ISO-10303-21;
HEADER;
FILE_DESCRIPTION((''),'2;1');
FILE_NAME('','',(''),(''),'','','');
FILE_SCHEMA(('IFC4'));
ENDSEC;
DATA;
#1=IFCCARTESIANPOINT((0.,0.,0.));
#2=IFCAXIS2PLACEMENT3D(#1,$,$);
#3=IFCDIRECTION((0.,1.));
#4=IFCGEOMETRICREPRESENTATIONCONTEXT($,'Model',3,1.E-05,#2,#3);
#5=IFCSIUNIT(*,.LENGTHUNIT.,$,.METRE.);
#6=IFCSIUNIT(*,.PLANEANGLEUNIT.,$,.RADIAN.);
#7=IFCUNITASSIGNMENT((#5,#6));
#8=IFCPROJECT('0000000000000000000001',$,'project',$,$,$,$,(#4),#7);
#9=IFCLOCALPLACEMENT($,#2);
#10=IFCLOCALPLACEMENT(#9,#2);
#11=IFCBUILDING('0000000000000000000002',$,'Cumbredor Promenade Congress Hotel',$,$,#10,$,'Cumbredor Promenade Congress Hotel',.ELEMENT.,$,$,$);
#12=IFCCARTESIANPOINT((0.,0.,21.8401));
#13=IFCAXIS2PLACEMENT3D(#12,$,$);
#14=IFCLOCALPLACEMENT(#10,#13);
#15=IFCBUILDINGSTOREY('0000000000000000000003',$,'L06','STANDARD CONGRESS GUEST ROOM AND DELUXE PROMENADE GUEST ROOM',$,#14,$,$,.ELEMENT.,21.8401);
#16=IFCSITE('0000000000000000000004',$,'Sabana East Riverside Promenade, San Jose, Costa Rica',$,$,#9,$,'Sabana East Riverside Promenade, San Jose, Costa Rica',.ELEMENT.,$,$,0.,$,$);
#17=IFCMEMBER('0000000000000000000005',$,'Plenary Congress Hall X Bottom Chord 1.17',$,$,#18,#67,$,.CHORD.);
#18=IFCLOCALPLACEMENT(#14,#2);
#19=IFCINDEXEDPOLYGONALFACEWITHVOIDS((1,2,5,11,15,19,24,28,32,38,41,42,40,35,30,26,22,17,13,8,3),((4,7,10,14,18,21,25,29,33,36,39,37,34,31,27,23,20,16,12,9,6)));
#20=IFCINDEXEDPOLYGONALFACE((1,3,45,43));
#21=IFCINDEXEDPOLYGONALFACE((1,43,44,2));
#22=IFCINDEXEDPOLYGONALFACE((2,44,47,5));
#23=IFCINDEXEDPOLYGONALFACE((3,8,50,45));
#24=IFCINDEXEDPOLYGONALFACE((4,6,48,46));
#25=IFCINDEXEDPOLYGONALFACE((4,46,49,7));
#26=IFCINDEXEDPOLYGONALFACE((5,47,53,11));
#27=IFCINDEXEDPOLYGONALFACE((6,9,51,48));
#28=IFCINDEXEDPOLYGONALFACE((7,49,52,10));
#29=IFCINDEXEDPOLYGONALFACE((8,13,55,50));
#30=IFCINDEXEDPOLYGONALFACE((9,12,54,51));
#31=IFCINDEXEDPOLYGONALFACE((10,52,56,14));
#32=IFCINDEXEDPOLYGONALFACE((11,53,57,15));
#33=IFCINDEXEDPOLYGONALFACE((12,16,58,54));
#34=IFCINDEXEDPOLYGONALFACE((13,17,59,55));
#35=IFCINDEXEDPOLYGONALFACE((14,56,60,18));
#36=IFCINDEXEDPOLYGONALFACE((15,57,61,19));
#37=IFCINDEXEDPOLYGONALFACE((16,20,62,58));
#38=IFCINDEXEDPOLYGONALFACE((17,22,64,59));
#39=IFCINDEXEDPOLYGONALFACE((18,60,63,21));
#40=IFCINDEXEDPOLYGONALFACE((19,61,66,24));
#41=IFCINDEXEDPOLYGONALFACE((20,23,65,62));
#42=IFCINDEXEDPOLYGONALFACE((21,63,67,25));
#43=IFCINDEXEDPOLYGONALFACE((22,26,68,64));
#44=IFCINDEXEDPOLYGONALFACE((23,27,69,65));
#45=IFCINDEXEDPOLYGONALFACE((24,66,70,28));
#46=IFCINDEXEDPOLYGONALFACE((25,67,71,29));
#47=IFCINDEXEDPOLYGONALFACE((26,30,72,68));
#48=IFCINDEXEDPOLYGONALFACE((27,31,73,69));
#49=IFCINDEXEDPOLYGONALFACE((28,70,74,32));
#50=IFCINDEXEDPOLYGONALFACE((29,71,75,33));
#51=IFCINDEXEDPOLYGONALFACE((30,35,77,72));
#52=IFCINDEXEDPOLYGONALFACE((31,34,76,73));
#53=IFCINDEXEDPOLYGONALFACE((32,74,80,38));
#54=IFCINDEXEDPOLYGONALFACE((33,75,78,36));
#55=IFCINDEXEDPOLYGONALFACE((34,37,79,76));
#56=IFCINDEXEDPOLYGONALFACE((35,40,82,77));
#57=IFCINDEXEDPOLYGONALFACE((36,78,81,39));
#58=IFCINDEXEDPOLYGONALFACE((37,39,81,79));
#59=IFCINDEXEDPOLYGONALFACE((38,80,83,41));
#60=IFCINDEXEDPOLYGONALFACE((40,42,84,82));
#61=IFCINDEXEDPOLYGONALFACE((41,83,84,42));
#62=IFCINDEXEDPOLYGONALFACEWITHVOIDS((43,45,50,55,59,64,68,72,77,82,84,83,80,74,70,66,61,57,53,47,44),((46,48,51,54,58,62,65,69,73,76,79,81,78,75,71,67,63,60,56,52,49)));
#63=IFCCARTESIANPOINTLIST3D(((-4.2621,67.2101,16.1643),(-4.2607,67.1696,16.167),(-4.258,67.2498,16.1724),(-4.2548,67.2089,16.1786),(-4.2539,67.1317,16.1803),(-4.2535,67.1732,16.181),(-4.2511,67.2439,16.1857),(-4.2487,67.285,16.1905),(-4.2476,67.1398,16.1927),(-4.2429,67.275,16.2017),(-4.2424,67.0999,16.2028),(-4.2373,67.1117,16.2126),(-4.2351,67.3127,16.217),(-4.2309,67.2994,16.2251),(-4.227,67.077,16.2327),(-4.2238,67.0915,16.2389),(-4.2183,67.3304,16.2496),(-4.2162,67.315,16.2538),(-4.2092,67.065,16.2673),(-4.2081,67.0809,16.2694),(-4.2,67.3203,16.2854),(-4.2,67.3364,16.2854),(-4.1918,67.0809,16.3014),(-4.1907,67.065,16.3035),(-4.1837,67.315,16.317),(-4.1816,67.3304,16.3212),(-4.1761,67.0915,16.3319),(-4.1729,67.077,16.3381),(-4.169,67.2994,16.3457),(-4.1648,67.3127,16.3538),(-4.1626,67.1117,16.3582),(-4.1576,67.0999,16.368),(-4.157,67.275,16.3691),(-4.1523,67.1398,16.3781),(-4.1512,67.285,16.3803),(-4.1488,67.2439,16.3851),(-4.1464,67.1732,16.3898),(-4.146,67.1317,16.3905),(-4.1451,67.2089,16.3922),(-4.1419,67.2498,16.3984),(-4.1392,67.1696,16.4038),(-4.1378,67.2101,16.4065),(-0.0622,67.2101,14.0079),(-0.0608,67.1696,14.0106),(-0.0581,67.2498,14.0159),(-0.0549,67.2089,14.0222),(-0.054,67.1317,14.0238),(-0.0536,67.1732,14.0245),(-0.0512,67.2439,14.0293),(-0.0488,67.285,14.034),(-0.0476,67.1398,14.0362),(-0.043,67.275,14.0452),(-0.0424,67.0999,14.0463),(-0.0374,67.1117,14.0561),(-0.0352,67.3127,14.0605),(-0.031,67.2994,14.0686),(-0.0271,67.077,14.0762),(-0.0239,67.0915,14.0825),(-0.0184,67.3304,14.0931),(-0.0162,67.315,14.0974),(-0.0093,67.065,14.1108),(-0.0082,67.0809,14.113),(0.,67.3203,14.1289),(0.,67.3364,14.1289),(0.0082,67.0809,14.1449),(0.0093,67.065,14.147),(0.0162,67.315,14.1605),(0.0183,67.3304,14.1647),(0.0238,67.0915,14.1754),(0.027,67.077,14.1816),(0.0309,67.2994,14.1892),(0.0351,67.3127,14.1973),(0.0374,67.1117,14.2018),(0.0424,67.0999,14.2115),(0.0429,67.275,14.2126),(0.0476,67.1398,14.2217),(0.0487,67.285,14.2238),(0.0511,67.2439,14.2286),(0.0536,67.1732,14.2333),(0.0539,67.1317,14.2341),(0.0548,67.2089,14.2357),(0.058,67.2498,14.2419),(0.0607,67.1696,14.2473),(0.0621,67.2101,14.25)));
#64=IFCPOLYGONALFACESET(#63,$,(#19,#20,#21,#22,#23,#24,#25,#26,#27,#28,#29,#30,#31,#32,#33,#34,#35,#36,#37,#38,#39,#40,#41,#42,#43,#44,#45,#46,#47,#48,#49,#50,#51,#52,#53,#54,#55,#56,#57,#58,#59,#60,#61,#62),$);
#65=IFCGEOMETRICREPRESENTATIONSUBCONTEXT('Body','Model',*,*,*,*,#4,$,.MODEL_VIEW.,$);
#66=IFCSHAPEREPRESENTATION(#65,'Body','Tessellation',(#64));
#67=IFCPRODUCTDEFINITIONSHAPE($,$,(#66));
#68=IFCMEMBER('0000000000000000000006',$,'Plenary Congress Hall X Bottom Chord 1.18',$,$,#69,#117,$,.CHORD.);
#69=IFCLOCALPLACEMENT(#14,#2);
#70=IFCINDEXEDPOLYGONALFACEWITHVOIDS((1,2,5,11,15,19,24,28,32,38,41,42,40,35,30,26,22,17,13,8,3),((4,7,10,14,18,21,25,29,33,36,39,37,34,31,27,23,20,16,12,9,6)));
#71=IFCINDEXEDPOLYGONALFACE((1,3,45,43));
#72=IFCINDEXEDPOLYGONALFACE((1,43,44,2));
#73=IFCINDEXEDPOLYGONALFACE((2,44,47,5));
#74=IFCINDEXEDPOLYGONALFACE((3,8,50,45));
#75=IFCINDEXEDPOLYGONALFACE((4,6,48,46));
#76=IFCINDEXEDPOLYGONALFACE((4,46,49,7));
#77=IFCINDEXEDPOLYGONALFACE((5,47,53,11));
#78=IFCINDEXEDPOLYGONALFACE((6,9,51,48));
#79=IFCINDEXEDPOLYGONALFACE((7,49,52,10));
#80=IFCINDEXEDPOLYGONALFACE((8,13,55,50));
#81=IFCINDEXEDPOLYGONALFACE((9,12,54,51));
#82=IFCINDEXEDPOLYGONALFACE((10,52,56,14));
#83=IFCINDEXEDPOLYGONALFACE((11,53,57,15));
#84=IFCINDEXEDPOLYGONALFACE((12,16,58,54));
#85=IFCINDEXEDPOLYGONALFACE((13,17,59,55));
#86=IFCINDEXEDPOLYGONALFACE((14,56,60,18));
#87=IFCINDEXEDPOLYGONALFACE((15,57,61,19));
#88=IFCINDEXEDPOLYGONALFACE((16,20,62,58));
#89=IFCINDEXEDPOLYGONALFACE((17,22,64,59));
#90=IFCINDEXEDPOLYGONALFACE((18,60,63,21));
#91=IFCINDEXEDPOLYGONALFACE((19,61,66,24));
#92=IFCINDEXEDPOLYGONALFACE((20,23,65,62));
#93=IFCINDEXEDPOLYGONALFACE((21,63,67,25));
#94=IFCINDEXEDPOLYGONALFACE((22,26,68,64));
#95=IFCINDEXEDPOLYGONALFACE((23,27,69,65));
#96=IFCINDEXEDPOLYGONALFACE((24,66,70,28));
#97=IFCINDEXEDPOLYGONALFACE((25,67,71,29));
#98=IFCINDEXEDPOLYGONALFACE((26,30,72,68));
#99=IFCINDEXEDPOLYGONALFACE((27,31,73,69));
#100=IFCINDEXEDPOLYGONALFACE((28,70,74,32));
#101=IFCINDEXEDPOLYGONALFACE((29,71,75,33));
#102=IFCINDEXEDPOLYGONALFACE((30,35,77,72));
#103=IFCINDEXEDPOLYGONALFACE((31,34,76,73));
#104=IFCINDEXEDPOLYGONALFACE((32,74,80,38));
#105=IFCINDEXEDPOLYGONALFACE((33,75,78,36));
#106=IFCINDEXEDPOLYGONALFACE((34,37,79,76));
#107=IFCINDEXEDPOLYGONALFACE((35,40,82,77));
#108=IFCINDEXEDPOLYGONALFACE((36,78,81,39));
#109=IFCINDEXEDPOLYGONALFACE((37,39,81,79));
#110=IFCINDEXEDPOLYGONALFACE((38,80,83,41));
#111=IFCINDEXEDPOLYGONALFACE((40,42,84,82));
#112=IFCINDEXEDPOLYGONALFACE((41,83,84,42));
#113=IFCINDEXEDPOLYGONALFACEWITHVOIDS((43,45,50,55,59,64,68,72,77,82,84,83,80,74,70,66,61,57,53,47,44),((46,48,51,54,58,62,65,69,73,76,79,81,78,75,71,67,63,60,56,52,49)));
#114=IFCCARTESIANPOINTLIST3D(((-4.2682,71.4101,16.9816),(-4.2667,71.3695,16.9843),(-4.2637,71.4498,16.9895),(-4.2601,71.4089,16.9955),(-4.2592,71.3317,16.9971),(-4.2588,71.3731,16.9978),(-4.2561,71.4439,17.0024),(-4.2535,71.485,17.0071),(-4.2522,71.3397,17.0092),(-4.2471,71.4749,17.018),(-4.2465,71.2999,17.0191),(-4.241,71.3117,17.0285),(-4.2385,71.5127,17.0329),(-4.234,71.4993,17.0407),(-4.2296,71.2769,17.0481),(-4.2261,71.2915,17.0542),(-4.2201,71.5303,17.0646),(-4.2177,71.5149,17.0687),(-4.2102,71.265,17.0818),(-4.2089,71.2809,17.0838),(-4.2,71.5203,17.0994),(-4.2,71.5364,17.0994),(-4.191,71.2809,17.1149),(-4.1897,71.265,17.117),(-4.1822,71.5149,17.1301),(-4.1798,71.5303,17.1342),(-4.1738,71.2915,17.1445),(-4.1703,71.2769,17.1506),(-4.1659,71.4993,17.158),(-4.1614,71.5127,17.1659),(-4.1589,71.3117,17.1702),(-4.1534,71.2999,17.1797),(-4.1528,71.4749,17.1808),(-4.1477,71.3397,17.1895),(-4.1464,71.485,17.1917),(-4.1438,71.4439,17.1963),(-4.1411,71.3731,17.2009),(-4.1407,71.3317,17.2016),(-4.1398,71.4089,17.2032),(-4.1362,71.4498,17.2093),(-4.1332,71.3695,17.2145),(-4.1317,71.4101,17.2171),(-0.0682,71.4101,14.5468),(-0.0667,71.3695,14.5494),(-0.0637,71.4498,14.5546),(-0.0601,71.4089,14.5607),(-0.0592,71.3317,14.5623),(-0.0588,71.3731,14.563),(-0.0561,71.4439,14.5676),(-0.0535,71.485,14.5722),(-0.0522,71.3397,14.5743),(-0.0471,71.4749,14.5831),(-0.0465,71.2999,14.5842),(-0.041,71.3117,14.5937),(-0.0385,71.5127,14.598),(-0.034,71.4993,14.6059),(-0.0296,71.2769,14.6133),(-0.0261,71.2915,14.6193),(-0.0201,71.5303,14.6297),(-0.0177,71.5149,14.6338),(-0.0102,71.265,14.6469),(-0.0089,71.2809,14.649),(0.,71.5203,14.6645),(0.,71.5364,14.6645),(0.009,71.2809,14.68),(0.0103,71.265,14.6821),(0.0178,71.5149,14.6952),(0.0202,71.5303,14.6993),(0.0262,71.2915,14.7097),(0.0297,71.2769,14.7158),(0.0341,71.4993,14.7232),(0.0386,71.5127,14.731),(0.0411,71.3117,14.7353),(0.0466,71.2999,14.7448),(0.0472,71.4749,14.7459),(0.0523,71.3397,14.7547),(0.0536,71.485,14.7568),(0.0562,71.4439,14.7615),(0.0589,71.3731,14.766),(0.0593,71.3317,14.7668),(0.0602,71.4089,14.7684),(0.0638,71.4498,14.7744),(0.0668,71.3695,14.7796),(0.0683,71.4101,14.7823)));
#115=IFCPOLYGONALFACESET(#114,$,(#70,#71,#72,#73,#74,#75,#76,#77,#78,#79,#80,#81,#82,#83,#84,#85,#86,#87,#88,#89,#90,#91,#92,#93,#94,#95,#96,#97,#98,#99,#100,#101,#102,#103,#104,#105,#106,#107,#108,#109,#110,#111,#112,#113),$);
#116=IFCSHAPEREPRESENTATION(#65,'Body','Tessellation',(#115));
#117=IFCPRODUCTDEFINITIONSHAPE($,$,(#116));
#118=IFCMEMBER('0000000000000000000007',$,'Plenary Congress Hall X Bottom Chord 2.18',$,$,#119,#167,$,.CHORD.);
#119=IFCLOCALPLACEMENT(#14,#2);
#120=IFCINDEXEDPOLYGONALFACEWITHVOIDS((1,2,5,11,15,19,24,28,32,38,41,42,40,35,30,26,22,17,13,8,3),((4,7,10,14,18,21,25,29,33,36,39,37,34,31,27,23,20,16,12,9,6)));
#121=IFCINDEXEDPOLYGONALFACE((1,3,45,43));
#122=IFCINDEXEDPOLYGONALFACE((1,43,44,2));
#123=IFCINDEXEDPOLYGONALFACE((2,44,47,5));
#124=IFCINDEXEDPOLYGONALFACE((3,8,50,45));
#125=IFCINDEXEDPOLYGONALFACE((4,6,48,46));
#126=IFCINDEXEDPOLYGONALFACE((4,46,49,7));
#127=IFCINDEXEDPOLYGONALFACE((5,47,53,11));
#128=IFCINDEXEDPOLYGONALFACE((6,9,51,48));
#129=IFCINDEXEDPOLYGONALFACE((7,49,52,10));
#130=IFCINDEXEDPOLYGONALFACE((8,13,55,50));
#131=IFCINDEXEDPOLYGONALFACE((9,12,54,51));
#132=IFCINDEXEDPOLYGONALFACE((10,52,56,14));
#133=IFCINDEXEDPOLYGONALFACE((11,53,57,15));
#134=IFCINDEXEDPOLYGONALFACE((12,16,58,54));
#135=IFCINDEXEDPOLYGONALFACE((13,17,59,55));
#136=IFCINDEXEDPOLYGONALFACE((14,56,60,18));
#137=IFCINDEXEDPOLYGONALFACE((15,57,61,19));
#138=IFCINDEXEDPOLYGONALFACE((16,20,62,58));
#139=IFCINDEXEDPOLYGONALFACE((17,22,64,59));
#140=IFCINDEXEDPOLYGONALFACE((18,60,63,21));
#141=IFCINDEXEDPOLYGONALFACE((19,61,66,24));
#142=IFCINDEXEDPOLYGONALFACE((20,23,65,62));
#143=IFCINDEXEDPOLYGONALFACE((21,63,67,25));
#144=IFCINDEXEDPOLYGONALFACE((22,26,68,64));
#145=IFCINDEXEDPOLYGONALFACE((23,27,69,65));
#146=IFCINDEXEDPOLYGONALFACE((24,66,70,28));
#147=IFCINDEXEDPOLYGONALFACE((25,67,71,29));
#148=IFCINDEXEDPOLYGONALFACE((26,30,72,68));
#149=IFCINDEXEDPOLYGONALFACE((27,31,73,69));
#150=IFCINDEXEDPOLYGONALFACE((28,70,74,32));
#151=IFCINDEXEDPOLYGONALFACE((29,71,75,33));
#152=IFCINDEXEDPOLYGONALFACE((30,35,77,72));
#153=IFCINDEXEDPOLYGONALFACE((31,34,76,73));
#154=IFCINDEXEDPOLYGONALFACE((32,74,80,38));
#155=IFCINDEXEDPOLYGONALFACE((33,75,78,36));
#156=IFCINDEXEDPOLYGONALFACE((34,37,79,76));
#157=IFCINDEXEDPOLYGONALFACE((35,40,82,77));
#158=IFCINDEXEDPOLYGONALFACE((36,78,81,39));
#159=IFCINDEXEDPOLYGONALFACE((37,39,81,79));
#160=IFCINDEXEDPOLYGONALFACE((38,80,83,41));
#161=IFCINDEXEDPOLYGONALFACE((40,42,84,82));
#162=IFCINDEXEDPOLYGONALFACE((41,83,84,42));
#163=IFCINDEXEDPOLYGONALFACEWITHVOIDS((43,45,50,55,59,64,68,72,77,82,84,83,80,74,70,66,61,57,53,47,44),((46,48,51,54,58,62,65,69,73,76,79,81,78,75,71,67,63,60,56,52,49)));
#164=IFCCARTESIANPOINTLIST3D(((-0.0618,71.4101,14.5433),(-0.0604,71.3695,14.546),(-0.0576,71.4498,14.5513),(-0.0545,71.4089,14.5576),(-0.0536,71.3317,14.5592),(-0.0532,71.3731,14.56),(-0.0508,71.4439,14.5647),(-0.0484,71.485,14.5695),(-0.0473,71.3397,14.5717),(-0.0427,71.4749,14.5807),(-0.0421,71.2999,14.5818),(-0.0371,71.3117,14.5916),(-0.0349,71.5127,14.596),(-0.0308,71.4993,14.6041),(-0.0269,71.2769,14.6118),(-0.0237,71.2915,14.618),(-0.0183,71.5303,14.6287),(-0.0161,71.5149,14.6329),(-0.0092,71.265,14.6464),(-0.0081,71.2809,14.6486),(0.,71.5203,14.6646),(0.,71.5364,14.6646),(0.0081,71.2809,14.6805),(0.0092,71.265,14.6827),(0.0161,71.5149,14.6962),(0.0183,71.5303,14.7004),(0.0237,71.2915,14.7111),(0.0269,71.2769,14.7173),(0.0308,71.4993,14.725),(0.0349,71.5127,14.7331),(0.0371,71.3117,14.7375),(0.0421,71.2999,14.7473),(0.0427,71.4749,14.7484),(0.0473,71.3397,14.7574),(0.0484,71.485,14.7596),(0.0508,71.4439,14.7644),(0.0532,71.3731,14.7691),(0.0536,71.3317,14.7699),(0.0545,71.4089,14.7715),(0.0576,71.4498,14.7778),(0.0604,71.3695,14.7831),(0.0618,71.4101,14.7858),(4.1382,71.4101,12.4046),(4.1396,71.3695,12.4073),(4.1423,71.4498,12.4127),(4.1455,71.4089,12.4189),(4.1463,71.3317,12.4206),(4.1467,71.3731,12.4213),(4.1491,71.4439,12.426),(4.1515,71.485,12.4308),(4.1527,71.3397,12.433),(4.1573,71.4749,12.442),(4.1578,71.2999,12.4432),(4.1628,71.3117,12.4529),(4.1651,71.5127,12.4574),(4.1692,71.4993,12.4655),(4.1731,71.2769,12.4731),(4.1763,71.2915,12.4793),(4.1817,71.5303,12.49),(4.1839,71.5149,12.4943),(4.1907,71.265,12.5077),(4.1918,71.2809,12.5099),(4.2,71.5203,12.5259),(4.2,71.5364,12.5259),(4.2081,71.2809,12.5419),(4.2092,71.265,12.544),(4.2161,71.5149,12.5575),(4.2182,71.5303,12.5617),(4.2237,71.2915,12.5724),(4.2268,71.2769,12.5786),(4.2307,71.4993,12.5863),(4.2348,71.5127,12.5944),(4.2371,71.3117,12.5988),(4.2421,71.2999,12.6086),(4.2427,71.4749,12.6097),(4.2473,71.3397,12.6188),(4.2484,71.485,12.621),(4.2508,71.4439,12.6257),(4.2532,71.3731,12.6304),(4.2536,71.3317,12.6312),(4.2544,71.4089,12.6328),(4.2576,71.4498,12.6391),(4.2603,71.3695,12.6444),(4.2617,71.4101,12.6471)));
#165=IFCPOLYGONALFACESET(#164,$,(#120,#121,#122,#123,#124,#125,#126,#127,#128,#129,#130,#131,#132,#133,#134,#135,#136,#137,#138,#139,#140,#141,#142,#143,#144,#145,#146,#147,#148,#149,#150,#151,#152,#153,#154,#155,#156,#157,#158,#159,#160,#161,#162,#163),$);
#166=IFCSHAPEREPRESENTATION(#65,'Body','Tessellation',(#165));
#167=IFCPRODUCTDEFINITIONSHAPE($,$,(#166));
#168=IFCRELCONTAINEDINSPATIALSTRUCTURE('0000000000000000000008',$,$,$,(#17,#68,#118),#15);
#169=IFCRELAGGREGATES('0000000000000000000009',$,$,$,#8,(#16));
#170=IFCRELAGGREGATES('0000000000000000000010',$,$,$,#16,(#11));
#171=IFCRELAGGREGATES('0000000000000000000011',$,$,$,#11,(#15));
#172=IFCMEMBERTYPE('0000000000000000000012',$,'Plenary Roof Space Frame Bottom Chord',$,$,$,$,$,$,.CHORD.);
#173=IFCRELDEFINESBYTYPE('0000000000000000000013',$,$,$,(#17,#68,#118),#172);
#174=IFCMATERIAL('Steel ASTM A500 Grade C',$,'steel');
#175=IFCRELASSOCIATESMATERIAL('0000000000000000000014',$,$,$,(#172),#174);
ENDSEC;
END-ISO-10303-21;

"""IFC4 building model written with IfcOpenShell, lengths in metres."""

from ifc_helpers import new_model, si_unit, direction, frame, origin, origin_2d, place, context, subcontext, project, spatial, hollow_circle, extrude, material, material_profile, profile_set, type_object, element, save


model = new_model("IFC4")

# Units and contexts
model_context = context("Model", 3, precision=1e-05, world=origin(), true_north=direction((0.0, 1.0)))
body_context = subcontext(model_context, "Body", "Model", "MODEL_VIEW")
ifc_project = project(units=[si_unit("LENGTHUNIT", "METRE"), si_unit("PLANEANGLEUNIT", "RADIAN")], contexts=[model_context])

# Site, building, storey
site_placement = place(None, origin())
site = spatial("IfcSite", under=ifc_project, at=site_placement, Name="Sabana East Riverside Promenade, San Jose, Costa Rica", LongName="Sabana East Riverside Promenade, San Jose, Costa Rica", CompositionType="ELEMENT", RefElevation=0.0)
building_placement = place(site_placement, origin())
building = spatial("IfcBuilding", under=site, at=building_placement, Name="Cumbredor Promenade Congress Hotel", LongName="Cumbredor Promenade Congress Hotel", CompositionType="ELEMENT")
storey_placement = place(building_placement, frame((0.0, 0.0, 21.8401)))
storey = spatial("IfcBuildingStorey", under=building, at=storey_placement, Name="L06", Description="STANDARD CONGRESS GUEST ROOM AND DELUXE PROMENADE GUEST ROOM", CompositionType="ELEMENT", Elevation=21.8401)

# Members
ifc_material_1 = material(Name="Steel ASTM A500 Grade C", Category="steel")
ifc_material_profile_1 = material_profile(ifc_material_1, hollow_circle(Radius=0.1365, WallThickness=0.0161, at=origin_2d()), Name="CHS 273.0x16")
ifc_profile_set_1 = profile_set([ifc_material_profile_1], Name="Steel ASTM A500 Grade C")
member_type_1 = type_object("IfcMemberType", Name="Plenary Roof Space Frame Bottom Chord", PredefinedType="CHORD", material=ifc_profile_set_1)
member_1_placement = place(storey_placement, frame((-4.2, 67.2, 16.2854), z_axis=(0.889587, 0.0, -0.456765), x_axis=(0.0, 1.0, 0.0)))
element("IfcMember", 1, at=member_1_placement, inside=storey, type_object=member_type_1, Name="Plenary Congress Hall X Bottom Chord 1.17", PredefinedType="CHORD", context=body_context, shape_type="SweptSolid", body=[
    extrude(hollow_circle(Radius=0.1365, WallThickness=0.0161, at=origin_2d()), origin(), (0.0, 0.0, 1.0), 4.7212),
])
member_2_placement = place(storey_placement, frame((-4.2, 71.3999, 17.0994), z_axis=(0.865135, 0.0, -0.50154), x_axis=(0.0, 1.0, 0.0)))
element("IfcMember", 2, at=member_2_placement, inside=storey, type_object=member_type_1, Name="Plenary Congress Hall X Bottom Chord 1.18", PredefinedType="CHORD", context=body_context, shape_type="SweptSolid", body=[
    extrude(hollow_circle(Radius=0.1365, WallThickness=0.0161, at=origin_2d()), origin(), (0.0, 0.0, 1.0), 4.8547),
])
member_3_placement = place(storey_placement, frame((0.0, 71.3999, 14.6646), z_axis=(0.891119, 0.0, -0.45377), x_axis=(0.0, 1.0, 0.0)))
element("IfcMember", 3, at=member_3_placement, inside=storey, type_object=member_type_1, Name="Plenary Congress Hall X Bottom Chord 2.18", PredefinedType="CHORD", context=body_context, shape_type="SweptSolid", body=[
    extrude(hollow_circle(Radius=0.1365, WallThickness=0.0161, at=origin_2d()), origin(), (0.0, 0.0, 1.0), 4.7131),
])

save(model, "model.ifc")
